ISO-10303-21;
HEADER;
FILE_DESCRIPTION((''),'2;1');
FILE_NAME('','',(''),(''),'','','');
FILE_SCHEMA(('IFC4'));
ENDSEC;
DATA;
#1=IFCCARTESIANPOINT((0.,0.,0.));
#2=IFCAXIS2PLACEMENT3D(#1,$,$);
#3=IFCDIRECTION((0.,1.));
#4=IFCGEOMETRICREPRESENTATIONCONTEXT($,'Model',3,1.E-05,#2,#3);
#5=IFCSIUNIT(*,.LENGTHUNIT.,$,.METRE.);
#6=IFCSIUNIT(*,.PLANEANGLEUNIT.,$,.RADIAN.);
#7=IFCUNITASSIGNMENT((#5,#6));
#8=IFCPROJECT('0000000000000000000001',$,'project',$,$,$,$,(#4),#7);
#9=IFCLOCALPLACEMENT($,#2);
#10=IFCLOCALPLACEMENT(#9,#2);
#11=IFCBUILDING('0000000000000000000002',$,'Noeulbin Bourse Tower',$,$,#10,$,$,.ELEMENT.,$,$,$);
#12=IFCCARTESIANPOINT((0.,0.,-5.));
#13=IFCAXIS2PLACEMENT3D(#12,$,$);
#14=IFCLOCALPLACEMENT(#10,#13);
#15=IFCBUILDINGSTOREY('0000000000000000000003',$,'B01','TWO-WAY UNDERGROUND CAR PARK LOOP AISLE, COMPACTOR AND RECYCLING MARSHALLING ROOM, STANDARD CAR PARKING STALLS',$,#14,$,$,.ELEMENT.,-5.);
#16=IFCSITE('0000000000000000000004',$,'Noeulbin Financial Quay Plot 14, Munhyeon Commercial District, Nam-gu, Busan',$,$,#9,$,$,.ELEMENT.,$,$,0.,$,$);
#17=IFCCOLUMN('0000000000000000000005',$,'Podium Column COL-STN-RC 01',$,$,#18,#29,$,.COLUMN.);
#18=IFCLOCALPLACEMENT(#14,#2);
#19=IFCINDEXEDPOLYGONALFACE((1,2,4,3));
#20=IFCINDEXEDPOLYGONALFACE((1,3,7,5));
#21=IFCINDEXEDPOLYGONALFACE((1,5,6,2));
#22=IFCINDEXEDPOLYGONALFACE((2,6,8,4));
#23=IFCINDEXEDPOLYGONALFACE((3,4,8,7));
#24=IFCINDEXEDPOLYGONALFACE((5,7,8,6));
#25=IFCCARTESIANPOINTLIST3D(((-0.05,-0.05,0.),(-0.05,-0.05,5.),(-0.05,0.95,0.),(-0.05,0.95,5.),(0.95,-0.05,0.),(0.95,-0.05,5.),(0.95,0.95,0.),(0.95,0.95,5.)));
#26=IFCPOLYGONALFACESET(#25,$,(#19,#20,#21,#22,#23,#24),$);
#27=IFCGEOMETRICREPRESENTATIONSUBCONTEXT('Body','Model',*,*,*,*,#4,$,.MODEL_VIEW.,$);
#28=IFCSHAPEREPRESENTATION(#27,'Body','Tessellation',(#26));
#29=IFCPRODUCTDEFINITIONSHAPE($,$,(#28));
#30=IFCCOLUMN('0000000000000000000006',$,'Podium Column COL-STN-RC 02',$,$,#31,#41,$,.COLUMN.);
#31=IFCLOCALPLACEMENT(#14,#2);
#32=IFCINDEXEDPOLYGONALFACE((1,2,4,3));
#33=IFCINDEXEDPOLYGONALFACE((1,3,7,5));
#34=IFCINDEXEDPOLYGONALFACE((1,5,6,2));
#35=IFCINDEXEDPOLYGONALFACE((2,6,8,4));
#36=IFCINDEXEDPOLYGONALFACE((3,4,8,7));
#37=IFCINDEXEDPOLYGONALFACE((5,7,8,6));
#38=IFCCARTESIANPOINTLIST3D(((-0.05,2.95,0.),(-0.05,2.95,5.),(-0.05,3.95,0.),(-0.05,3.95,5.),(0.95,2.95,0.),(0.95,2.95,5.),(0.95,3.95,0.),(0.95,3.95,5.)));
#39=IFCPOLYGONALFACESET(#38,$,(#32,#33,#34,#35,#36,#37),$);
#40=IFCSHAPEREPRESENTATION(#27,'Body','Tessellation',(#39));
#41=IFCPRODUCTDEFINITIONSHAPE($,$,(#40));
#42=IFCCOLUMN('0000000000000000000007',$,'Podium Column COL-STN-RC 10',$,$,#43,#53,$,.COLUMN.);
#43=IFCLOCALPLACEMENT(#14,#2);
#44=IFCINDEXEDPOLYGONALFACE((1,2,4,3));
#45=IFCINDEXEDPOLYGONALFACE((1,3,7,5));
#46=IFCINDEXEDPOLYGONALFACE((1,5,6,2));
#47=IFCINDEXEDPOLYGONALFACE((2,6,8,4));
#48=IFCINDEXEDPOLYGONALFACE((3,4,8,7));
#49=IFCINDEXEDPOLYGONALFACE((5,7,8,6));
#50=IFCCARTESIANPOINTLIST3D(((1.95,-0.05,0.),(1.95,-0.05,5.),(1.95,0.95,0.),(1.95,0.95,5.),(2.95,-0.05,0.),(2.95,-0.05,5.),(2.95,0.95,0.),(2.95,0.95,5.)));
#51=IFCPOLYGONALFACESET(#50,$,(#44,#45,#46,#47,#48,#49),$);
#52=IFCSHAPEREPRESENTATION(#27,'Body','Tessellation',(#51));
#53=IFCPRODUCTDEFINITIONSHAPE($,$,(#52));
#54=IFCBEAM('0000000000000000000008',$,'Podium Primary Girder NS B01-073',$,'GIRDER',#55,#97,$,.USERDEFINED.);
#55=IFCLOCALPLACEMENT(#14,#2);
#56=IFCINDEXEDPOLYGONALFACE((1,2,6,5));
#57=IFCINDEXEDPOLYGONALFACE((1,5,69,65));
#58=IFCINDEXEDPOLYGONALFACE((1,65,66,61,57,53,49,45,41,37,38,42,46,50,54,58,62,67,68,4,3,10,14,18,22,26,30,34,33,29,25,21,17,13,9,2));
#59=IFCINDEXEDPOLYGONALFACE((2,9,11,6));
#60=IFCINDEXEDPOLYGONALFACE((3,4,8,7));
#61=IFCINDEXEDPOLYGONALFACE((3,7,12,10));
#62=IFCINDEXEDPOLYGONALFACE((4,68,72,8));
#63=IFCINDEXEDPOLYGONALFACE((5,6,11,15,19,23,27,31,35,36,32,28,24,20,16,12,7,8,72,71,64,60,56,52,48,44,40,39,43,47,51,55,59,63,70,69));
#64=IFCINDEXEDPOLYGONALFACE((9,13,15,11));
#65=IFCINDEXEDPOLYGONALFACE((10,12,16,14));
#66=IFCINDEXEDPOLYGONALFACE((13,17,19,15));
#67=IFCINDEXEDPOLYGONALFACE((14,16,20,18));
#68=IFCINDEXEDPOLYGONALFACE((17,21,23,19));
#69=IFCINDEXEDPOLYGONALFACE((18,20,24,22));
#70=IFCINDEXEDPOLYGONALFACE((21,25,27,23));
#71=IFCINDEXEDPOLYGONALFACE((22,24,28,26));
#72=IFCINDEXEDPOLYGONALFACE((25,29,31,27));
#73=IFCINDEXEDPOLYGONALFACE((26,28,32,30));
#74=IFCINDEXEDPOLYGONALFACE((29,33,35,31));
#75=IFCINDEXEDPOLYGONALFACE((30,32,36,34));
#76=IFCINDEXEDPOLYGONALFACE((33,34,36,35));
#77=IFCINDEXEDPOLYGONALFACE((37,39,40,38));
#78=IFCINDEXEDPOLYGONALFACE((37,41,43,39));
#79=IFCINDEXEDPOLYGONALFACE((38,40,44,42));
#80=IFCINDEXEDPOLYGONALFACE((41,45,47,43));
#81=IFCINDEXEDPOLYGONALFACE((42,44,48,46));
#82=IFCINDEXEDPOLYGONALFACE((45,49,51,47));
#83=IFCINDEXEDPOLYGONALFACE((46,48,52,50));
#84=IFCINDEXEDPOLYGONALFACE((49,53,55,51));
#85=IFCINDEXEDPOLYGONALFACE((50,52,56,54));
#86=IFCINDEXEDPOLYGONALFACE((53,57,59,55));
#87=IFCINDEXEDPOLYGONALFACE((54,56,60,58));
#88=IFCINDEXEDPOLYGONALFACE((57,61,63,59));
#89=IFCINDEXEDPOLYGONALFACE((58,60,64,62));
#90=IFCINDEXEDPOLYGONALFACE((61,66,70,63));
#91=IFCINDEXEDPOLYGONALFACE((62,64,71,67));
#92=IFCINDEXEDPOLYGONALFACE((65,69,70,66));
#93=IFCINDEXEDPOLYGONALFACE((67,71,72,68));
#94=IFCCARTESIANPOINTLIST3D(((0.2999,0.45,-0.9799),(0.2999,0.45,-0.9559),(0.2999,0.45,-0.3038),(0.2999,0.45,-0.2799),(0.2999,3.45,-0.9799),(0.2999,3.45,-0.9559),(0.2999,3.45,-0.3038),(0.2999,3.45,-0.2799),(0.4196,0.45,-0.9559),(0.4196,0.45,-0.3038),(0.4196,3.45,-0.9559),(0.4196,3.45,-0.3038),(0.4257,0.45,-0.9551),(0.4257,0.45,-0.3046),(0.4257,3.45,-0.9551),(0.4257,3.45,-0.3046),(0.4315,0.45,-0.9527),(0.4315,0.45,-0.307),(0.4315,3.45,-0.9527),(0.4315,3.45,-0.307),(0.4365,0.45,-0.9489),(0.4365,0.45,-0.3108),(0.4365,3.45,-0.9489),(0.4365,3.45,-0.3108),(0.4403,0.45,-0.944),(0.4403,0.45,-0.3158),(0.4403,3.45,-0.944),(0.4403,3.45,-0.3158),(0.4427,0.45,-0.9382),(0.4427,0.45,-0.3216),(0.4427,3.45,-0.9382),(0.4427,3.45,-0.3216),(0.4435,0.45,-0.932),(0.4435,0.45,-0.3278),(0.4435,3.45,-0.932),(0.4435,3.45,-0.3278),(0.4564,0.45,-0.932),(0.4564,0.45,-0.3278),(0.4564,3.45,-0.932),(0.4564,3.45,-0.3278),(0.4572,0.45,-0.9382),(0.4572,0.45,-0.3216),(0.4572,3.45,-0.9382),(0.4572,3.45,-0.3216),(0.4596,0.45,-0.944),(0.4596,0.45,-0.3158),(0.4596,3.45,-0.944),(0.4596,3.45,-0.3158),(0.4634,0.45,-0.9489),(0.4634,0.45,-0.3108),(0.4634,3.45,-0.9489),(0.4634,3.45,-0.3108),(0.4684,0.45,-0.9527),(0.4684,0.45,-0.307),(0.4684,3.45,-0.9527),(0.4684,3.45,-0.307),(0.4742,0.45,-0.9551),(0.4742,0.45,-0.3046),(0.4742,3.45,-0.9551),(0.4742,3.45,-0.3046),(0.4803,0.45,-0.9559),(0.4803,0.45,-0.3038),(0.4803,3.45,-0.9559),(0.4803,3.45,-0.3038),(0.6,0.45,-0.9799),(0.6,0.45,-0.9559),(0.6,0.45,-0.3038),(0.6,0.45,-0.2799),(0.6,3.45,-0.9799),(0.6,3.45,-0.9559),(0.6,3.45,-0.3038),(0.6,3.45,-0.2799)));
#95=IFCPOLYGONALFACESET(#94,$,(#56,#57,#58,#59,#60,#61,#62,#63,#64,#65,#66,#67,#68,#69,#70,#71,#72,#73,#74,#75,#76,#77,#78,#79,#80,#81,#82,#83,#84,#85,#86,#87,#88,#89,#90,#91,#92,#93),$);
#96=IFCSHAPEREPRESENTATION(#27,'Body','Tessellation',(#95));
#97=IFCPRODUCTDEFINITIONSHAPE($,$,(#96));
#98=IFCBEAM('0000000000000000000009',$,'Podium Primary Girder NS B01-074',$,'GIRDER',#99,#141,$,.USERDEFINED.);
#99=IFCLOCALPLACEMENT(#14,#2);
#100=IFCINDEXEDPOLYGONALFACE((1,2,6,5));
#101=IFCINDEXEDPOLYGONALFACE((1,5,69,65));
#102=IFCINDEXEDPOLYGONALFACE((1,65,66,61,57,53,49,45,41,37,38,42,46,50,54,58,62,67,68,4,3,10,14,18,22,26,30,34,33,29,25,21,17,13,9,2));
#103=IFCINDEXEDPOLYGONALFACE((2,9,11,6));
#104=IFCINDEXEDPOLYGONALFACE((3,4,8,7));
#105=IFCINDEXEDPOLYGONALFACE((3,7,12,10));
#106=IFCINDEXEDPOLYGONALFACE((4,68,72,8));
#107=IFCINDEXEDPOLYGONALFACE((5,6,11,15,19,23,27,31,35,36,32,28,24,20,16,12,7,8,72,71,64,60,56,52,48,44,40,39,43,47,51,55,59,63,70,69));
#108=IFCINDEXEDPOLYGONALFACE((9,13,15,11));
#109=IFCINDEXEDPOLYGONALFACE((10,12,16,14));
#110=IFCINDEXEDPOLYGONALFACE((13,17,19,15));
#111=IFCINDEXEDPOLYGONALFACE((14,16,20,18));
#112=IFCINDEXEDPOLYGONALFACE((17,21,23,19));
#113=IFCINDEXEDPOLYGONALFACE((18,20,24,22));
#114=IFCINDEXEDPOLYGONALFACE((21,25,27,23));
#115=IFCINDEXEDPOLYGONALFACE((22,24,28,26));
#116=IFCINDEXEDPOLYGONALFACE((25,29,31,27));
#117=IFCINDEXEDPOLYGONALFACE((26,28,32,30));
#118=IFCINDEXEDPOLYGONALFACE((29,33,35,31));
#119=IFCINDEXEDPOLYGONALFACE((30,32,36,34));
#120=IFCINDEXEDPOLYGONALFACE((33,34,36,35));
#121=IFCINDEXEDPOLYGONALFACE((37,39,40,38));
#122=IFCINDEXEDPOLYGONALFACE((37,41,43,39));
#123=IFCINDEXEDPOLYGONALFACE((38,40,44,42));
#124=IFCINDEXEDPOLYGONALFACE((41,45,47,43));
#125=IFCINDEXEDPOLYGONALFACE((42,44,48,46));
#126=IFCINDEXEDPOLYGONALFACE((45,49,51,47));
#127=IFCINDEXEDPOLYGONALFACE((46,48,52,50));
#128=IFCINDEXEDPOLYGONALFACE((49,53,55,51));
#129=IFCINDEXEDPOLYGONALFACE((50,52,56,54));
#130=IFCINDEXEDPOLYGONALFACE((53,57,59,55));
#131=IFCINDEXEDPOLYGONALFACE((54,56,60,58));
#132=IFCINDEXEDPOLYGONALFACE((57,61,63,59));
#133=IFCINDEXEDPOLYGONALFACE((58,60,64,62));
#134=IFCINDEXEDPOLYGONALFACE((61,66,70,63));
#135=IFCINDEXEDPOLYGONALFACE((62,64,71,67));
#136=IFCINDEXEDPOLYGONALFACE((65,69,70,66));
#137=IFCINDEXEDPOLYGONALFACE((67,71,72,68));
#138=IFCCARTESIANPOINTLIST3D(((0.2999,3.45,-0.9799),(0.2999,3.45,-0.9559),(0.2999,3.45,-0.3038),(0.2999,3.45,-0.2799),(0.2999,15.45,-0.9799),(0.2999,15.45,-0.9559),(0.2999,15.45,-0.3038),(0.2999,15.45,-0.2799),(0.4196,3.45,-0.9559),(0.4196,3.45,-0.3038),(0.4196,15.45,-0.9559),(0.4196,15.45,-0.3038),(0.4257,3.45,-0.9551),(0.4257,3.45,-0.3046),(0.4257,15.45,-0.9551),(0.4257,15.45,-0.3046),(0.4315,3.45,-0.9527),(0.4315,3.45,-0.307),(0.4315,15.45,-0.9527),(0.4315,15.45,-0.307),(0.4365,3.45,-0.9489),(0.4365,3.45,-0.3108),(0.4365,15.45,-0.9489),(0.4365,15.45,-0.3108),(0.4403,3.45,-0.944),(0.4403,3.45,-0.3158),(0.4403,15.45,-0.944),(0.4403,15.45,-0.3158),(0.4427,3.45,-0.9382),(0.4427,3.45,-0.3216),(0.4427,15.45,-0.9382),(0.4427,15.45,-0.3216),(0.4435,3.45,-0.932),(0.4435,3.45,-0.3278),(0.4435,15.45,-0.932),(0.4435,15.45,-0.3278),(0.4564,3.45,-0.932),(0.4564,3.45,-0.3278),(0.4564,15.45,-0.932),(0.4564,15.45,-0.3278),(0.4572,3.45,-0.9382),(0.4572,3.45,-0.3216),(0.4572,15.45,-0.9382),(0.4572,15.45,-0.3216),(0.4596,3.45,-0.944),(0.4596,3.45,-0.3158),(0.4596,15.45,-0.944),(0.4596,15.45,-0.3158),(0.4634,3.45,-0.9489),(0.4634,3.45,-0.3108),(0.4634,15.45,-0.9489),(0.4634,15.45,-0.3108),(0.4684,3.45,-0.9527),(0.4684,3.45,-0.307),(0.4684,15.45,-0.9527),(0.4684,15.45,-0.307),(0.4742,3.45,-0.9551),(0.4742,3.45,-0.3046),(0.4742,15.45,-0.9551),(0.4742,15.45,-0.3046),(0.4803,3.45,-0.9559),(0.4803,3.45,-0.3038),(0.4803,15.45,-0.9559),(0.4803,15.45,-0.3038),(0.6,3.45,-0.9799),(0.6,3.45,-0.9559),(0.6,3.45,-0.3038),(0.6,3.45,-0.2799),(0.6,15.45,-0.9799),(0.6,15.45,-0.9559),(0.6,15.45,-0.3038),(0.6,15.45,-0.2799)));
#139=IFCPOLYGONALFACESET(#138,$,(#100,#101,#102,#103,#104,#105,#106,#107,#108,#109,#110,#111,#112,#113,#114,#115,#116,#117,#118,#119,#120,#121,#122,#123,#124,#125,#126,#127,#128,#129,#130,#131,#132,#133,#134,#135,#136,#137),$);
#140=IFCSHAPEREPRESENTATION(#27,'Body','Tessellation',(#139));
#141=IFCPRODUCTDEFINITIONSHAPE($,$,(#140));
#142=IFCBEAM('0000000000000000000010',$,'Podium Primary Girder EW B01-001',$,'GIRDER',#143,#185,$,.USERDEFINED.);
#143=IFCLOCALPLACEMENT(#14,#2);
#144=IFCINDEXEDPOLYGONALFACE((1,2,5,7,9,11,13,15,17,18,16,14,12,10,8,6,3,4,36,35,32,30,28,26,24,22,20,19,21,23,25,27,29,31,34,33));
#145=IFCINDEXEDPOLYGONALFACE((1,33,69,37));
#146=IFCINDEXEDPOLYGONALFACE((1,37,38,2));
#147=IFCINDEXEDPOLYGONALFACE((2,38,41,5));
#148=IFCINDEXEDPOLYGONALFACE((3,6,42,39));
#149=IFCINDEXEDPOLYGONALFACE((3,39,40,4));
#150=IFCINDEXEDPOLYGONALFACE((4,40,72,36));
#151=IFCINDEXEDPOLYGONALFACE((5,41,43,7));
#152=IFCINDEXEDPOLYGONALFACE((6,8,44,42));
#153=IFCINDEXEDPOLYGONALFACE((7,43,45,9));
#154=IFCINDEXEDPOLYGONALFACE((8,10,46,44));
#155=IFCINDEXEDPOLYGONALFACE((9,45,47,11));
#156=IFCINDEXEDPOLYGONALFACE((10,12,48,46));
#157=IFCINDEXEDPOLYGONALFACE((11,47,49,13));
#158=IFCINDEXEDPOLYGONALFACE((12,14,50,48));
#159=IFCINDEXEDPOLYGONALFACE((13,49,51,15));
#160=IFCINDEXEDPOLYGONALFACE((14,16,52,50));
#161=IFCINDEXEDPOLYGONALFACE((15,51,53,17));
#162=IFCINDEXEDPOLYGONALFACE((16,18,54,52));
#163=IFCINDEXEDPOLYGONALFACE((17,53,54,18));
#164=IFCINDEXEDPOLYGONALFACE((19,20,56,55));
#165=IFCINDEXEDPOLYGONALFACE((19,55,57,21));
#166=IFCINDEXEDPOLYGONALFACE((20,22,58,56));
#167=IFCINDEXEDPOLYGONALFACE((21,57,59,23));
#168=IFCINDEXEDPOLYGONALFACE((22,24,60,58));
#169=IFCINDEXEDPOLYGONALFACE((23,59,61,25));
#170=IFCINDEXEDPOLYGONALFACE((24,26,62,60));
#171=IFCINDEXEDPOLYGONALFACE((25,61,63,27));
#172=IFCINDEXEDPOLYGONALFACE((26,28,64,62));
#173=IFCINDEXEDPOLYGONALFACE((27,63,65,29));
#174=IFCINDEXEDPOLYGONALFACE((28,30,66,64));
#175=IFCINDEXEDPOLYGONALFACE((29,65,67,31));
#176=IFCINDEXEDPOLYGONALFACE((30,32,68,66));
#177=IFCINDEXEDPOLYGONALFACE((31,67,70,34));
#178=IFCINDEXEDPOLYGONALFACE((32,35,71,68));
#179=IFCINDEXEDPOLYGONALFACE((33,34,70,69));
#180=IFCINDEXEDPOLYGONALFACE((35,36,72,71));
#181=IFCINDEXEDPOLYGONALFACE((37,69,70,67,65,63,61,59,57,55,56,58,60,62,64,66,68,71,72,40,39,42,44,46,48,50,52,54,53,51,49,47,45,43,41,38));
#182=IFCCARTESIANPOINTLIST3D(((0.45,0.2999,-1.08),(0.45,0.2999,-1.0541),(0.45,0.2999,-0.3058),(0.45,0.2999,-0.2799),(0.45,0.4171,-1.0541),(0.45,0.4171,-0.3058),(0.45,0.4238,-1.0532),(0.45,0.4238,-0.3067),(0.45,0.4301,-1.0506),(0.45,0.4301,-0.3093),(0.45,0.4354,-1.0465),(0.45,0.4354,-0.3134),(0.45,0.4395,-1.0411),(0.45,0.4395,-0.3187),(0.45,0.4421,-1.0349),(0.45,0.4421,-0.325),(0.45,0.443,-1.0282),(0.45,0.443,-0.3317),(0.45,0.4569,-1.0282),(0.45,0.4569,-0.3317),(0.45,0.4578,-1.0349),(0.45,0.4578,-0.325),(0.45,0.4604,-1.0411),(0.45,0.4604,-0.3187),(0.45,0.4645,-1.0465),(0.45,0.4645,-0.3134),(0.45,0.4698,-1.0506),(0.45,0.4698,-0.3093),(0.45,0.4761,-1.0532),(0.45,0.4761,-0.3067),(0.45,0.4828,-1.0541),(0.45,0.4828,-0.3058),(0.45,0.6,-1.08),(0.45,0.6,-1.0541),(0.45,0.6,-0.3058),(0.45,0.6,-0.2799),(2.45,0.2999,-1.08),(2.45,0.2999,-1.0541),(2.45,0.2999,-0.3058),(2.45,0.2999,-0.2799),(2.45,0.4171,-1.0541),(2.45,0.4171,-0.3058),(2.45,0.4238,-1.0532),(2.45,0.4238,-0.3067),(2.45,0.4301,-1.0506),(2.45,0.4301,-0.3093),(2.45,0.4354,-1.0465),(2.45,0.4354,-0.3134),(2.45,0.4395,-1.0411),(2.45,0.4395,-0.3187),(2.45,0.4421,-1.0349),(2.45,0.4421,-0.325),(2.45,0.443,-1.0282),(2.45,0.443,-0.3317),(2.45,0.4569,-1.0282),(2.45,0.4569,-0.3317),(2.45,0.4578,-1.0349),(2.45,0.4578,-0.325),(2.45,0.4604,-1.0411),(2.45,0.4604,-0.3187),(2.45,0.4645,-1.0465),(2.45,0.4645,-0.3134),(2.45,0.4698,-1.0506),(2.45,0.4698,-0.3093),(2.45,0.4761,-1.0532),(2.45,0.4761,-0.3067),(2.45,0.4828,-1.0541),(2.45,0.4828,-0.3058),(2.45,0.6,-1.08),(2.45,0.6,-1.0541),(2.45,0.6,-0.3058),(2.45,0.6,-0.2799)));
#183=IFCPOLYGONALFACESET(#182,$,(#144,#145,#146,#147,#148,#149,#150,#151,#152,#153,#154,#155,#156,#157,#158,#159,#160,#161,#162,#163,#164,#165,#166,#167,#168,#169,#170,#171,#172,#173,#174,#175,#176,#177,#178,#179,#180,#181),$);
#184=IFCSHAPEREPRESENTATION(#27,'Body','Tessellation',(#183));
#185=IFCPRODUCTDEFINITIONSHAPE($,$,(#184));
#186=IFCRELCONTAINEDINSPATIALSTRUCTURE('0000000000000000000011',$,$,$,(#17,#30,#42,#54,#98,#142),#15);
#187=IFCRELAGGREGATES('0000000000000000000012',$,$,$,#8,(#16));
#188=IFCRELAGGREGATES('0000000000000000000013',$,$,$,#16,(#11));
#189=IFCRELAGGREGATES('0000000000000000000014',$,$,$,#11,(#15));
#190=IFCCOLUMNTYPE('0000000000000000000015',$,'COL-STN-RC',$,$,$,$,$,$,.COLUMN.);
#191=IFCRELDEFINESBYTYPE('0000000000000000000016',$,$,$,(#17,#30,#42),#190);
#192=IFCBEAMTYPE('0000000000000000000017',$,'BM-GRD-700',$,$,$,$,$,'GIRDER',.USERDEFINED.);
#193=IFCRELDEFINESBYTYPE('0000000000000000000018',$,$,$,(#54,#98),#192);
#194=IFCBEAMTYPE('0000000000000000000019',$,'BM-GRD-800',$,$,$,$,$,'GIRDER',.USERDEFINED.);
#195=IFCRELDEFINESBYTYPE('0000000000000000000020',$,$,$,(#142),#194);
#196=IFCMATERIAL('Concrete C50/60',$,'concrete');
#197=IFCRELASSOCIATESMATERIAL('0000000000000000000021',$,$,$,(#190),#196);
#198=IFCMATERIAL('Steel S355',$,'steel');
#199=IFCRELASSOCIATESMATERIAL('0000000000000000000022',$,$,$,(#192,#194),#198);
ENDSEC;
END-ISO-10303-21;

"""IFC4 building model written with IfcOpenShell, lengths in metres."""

from ifc_helpers import new_model, si_unit, direction, frame, origin, origin_2d, place, context, subcontext, project, spatial, rectangle, i_section, extrude, material, material_profile, profile_set, type_object, element, save


model = new_model("IFC4")

# Units and contexts
model_context = context("Model", 3, precision=1e-05, world=origin(), true_north=direction((0.0, 1.0)))
body_context = subcontext(model_context, "Body", "Model", "MODEL_VIEW")
ifc_project = project(units=[si_unit("LENGTHUNIT", "METRE"), si_unit("PLANEANGLEUNIT", "RADIAN")], contexts=[model_context])

# Site, building, storey
site_placement = place(None, origin())
site = spatial("IfcSite", under=ifc_project, at=site_placement, Name="Noeulbin Financial Quay Plot 14, Munhyeon Commercial District, Nam-gu, Busan", CompositionType="ELEMENT", RefElevation=0.0)
building_placement = place(site_placement, origin())
building = spatial("IfcBuilding", under=site, at=building_placement, Name="Noeulbin Bourse Tower", CompositionType="ELEMENT")
storey_placement = place(building_placement, frame((0.0, 0.0, -5.0)))
storey = spatial("IfcBuildingStorey", under=building, at=storey_placement, Name="B01", Description="TWO-WAY UNDERGROUND CAR PARK LOOP AISLE, COMPACTOR AND RECYCLING MARSHALLING ROOM, STANDARD CAR PARKING STALLS", CompositionType="ELEMENT", Elevation=-5.0)

# Columns
ifc_material_1 = material(Name="Concrete C50/60", Category="concrete")
ifc_material_profile_1 = material_profile(ifc_material_1, rectangle(XDim=1.0, YDim=1.0, at=origin_2d()), Name="RC-COL-1000x1000", Category="LoadBearing")
ifc_profile_set_1 = profile_set([ifc_material_profile_1], Name="Concrete C50/60")
column_type = type_object("IfcColumnType", Name="COL-STN-RC", PredefinedType="COLUMN", material=ifc_profile_set_1)
for number, where, z_axis, x_axis, name in (
    (1, (0.45, 0.45, 0.0), (0.0, 0.0, 1.0), (1.0, 0.0, 0.0), "Podium Column COL-STN-RC 01"),
    (2, (0.45, 3.45, 0.0), (0.0, 0.0, 1.0), (1.0, 0.0, 0.0), "Podium Column COL-STN-RC 02"),
    (3, (2.45, 0.45, 0.0), (0.0, 0.0, 1.0), (1.0, 0.0, 0.0), "Podium Column COL-STN-RC 10"),
):
    element("IfcColumn", number, at=place(storey_placement, frame(where, z_axis=z_axis, x_axis=x_axis)), inside=storey, type_object=column_type, Name=name, PredefinedType="COLUMN", context=body_context, shape_type="SweptSolid", body=[
        extrude(rectangle(XDim=1.0, YDim=1.0, at=origin_2d()), origin(), (0.0, 0.0, 1.0), 5.0),
    ])

# Beams
ifc_material_2 = material(Name="Steel S355", Category="steel")
ifc_material_profile_2 = material_profile(ifc_material_2, i_section(OverallWidth=0.3, OverallDepth=0.7, WebThickness=0.0129, FlangeThickness=0.0239, FilletRadius=0.0239, at=origin_2d()), Name="H-700x300x13x24", Category="LoadBearing")
ifc_profile_set_2 = profile_set([ifc_material_profile_2], Name="Steel S355")
beam_type_1 = type_object("IfcBeamType", Name="BM-GRD-700", ElementType="GIRDER", PredefinedType="USERDEFINED", material=ifc_profile_set_2)
beam_1_placement = place(storey_placement, frame((0.45, 0.45, -0.6299), z_axis=(0.0, 1.0, 0.0), x_axis=(-1.0, 0.0, 0.0)))
element("IfcBeam", 4, at=beam_1_placement, inside=storey, type_object=beam_type_1, Name="Podium Primary Girder NS B01-073", ObjectType="GIRDER", PredefinedType="USERDEFINED", context=body_context, shape_type="SweptSolid", body=[
    extrude(i_section(OverallWidth=0.3, OverallDepth=0.7, WebThickness=0.0129, FlangeThickness=0.0239, FilletRadius=0.0239, at=origin_2d()), origin(), (0.0, 0.0, 1.0), 3.0),
])
beam_2_placement = place(storey_placement, frame((0.45, 3.45, -0.6299), z_axis=(0.0, 1.0, 0.0), x_axis=(-1.0, 0.0, 0.0)))
element("IfcBeam", 5, at=beam_2_placement, inside=storey, type_object=beam_type_1, Name="Podium Primary Girder NS B01-074", ObjectType="GIRDER", PredefinedType="USERDEFINED", context=body_context, shape_type="SweptSolid", body=[
    extrude(i_section(OverallWidth=0.3, OverallDepth=0.7, WebThickness=0.0129, FlangeThickness=0.0239, FilletRadius=0.0239, at=origin_2d()), origin(), (0.0, 0.0, 1.0), 12.0),
])
ifc_material_profile_3 = material_profile(ifc_material_2, i_section(OverallWidth=0.3, OverallDepth=0.8, WebThickness=0.0139, FlangeThickness=0.0259, FilletRadius=0.0259, at=origin_2d()), Name="H-800x300x14x26", Category="LoadBearing")
ifc_profile_set_3 = profile_set([ifc_material_profile_3], Name="Steel S355")
beam_type_2 = type_object("IfcBeamType", Name="BM-GRD-800", ElementType="GIRDER", PredefinedType="USERDEFINED", material=ifc_profile_set_3)
beam_3_placement = place(storey_placement, frame((0.45, 0.45, -0.6799), z_axis=(1.0, 0.0, 0.0), x_axis=(0.0, 1.0, 0.0)))
element("IfcBeam", 6, at=beam_3_placement, inside=storey, type_object=beam_type_2, Name="Podium Primary Girder EW B01-001", ObjectType="GIRDER", PredefinedType="USERDEFINED", context=body_context, shape_type="SweptSolid", body=[
    extrude(i_section(OverallWidth=0.3, OverallDepth=0.8, WebThickness=0.0139, FlangeThickness=0.0259, FilletRadius=0.0259, at=origin_2d()), origin(), (0.0, 0.0, 1.0), 2.0),
])

save(model, "model.ifc")
